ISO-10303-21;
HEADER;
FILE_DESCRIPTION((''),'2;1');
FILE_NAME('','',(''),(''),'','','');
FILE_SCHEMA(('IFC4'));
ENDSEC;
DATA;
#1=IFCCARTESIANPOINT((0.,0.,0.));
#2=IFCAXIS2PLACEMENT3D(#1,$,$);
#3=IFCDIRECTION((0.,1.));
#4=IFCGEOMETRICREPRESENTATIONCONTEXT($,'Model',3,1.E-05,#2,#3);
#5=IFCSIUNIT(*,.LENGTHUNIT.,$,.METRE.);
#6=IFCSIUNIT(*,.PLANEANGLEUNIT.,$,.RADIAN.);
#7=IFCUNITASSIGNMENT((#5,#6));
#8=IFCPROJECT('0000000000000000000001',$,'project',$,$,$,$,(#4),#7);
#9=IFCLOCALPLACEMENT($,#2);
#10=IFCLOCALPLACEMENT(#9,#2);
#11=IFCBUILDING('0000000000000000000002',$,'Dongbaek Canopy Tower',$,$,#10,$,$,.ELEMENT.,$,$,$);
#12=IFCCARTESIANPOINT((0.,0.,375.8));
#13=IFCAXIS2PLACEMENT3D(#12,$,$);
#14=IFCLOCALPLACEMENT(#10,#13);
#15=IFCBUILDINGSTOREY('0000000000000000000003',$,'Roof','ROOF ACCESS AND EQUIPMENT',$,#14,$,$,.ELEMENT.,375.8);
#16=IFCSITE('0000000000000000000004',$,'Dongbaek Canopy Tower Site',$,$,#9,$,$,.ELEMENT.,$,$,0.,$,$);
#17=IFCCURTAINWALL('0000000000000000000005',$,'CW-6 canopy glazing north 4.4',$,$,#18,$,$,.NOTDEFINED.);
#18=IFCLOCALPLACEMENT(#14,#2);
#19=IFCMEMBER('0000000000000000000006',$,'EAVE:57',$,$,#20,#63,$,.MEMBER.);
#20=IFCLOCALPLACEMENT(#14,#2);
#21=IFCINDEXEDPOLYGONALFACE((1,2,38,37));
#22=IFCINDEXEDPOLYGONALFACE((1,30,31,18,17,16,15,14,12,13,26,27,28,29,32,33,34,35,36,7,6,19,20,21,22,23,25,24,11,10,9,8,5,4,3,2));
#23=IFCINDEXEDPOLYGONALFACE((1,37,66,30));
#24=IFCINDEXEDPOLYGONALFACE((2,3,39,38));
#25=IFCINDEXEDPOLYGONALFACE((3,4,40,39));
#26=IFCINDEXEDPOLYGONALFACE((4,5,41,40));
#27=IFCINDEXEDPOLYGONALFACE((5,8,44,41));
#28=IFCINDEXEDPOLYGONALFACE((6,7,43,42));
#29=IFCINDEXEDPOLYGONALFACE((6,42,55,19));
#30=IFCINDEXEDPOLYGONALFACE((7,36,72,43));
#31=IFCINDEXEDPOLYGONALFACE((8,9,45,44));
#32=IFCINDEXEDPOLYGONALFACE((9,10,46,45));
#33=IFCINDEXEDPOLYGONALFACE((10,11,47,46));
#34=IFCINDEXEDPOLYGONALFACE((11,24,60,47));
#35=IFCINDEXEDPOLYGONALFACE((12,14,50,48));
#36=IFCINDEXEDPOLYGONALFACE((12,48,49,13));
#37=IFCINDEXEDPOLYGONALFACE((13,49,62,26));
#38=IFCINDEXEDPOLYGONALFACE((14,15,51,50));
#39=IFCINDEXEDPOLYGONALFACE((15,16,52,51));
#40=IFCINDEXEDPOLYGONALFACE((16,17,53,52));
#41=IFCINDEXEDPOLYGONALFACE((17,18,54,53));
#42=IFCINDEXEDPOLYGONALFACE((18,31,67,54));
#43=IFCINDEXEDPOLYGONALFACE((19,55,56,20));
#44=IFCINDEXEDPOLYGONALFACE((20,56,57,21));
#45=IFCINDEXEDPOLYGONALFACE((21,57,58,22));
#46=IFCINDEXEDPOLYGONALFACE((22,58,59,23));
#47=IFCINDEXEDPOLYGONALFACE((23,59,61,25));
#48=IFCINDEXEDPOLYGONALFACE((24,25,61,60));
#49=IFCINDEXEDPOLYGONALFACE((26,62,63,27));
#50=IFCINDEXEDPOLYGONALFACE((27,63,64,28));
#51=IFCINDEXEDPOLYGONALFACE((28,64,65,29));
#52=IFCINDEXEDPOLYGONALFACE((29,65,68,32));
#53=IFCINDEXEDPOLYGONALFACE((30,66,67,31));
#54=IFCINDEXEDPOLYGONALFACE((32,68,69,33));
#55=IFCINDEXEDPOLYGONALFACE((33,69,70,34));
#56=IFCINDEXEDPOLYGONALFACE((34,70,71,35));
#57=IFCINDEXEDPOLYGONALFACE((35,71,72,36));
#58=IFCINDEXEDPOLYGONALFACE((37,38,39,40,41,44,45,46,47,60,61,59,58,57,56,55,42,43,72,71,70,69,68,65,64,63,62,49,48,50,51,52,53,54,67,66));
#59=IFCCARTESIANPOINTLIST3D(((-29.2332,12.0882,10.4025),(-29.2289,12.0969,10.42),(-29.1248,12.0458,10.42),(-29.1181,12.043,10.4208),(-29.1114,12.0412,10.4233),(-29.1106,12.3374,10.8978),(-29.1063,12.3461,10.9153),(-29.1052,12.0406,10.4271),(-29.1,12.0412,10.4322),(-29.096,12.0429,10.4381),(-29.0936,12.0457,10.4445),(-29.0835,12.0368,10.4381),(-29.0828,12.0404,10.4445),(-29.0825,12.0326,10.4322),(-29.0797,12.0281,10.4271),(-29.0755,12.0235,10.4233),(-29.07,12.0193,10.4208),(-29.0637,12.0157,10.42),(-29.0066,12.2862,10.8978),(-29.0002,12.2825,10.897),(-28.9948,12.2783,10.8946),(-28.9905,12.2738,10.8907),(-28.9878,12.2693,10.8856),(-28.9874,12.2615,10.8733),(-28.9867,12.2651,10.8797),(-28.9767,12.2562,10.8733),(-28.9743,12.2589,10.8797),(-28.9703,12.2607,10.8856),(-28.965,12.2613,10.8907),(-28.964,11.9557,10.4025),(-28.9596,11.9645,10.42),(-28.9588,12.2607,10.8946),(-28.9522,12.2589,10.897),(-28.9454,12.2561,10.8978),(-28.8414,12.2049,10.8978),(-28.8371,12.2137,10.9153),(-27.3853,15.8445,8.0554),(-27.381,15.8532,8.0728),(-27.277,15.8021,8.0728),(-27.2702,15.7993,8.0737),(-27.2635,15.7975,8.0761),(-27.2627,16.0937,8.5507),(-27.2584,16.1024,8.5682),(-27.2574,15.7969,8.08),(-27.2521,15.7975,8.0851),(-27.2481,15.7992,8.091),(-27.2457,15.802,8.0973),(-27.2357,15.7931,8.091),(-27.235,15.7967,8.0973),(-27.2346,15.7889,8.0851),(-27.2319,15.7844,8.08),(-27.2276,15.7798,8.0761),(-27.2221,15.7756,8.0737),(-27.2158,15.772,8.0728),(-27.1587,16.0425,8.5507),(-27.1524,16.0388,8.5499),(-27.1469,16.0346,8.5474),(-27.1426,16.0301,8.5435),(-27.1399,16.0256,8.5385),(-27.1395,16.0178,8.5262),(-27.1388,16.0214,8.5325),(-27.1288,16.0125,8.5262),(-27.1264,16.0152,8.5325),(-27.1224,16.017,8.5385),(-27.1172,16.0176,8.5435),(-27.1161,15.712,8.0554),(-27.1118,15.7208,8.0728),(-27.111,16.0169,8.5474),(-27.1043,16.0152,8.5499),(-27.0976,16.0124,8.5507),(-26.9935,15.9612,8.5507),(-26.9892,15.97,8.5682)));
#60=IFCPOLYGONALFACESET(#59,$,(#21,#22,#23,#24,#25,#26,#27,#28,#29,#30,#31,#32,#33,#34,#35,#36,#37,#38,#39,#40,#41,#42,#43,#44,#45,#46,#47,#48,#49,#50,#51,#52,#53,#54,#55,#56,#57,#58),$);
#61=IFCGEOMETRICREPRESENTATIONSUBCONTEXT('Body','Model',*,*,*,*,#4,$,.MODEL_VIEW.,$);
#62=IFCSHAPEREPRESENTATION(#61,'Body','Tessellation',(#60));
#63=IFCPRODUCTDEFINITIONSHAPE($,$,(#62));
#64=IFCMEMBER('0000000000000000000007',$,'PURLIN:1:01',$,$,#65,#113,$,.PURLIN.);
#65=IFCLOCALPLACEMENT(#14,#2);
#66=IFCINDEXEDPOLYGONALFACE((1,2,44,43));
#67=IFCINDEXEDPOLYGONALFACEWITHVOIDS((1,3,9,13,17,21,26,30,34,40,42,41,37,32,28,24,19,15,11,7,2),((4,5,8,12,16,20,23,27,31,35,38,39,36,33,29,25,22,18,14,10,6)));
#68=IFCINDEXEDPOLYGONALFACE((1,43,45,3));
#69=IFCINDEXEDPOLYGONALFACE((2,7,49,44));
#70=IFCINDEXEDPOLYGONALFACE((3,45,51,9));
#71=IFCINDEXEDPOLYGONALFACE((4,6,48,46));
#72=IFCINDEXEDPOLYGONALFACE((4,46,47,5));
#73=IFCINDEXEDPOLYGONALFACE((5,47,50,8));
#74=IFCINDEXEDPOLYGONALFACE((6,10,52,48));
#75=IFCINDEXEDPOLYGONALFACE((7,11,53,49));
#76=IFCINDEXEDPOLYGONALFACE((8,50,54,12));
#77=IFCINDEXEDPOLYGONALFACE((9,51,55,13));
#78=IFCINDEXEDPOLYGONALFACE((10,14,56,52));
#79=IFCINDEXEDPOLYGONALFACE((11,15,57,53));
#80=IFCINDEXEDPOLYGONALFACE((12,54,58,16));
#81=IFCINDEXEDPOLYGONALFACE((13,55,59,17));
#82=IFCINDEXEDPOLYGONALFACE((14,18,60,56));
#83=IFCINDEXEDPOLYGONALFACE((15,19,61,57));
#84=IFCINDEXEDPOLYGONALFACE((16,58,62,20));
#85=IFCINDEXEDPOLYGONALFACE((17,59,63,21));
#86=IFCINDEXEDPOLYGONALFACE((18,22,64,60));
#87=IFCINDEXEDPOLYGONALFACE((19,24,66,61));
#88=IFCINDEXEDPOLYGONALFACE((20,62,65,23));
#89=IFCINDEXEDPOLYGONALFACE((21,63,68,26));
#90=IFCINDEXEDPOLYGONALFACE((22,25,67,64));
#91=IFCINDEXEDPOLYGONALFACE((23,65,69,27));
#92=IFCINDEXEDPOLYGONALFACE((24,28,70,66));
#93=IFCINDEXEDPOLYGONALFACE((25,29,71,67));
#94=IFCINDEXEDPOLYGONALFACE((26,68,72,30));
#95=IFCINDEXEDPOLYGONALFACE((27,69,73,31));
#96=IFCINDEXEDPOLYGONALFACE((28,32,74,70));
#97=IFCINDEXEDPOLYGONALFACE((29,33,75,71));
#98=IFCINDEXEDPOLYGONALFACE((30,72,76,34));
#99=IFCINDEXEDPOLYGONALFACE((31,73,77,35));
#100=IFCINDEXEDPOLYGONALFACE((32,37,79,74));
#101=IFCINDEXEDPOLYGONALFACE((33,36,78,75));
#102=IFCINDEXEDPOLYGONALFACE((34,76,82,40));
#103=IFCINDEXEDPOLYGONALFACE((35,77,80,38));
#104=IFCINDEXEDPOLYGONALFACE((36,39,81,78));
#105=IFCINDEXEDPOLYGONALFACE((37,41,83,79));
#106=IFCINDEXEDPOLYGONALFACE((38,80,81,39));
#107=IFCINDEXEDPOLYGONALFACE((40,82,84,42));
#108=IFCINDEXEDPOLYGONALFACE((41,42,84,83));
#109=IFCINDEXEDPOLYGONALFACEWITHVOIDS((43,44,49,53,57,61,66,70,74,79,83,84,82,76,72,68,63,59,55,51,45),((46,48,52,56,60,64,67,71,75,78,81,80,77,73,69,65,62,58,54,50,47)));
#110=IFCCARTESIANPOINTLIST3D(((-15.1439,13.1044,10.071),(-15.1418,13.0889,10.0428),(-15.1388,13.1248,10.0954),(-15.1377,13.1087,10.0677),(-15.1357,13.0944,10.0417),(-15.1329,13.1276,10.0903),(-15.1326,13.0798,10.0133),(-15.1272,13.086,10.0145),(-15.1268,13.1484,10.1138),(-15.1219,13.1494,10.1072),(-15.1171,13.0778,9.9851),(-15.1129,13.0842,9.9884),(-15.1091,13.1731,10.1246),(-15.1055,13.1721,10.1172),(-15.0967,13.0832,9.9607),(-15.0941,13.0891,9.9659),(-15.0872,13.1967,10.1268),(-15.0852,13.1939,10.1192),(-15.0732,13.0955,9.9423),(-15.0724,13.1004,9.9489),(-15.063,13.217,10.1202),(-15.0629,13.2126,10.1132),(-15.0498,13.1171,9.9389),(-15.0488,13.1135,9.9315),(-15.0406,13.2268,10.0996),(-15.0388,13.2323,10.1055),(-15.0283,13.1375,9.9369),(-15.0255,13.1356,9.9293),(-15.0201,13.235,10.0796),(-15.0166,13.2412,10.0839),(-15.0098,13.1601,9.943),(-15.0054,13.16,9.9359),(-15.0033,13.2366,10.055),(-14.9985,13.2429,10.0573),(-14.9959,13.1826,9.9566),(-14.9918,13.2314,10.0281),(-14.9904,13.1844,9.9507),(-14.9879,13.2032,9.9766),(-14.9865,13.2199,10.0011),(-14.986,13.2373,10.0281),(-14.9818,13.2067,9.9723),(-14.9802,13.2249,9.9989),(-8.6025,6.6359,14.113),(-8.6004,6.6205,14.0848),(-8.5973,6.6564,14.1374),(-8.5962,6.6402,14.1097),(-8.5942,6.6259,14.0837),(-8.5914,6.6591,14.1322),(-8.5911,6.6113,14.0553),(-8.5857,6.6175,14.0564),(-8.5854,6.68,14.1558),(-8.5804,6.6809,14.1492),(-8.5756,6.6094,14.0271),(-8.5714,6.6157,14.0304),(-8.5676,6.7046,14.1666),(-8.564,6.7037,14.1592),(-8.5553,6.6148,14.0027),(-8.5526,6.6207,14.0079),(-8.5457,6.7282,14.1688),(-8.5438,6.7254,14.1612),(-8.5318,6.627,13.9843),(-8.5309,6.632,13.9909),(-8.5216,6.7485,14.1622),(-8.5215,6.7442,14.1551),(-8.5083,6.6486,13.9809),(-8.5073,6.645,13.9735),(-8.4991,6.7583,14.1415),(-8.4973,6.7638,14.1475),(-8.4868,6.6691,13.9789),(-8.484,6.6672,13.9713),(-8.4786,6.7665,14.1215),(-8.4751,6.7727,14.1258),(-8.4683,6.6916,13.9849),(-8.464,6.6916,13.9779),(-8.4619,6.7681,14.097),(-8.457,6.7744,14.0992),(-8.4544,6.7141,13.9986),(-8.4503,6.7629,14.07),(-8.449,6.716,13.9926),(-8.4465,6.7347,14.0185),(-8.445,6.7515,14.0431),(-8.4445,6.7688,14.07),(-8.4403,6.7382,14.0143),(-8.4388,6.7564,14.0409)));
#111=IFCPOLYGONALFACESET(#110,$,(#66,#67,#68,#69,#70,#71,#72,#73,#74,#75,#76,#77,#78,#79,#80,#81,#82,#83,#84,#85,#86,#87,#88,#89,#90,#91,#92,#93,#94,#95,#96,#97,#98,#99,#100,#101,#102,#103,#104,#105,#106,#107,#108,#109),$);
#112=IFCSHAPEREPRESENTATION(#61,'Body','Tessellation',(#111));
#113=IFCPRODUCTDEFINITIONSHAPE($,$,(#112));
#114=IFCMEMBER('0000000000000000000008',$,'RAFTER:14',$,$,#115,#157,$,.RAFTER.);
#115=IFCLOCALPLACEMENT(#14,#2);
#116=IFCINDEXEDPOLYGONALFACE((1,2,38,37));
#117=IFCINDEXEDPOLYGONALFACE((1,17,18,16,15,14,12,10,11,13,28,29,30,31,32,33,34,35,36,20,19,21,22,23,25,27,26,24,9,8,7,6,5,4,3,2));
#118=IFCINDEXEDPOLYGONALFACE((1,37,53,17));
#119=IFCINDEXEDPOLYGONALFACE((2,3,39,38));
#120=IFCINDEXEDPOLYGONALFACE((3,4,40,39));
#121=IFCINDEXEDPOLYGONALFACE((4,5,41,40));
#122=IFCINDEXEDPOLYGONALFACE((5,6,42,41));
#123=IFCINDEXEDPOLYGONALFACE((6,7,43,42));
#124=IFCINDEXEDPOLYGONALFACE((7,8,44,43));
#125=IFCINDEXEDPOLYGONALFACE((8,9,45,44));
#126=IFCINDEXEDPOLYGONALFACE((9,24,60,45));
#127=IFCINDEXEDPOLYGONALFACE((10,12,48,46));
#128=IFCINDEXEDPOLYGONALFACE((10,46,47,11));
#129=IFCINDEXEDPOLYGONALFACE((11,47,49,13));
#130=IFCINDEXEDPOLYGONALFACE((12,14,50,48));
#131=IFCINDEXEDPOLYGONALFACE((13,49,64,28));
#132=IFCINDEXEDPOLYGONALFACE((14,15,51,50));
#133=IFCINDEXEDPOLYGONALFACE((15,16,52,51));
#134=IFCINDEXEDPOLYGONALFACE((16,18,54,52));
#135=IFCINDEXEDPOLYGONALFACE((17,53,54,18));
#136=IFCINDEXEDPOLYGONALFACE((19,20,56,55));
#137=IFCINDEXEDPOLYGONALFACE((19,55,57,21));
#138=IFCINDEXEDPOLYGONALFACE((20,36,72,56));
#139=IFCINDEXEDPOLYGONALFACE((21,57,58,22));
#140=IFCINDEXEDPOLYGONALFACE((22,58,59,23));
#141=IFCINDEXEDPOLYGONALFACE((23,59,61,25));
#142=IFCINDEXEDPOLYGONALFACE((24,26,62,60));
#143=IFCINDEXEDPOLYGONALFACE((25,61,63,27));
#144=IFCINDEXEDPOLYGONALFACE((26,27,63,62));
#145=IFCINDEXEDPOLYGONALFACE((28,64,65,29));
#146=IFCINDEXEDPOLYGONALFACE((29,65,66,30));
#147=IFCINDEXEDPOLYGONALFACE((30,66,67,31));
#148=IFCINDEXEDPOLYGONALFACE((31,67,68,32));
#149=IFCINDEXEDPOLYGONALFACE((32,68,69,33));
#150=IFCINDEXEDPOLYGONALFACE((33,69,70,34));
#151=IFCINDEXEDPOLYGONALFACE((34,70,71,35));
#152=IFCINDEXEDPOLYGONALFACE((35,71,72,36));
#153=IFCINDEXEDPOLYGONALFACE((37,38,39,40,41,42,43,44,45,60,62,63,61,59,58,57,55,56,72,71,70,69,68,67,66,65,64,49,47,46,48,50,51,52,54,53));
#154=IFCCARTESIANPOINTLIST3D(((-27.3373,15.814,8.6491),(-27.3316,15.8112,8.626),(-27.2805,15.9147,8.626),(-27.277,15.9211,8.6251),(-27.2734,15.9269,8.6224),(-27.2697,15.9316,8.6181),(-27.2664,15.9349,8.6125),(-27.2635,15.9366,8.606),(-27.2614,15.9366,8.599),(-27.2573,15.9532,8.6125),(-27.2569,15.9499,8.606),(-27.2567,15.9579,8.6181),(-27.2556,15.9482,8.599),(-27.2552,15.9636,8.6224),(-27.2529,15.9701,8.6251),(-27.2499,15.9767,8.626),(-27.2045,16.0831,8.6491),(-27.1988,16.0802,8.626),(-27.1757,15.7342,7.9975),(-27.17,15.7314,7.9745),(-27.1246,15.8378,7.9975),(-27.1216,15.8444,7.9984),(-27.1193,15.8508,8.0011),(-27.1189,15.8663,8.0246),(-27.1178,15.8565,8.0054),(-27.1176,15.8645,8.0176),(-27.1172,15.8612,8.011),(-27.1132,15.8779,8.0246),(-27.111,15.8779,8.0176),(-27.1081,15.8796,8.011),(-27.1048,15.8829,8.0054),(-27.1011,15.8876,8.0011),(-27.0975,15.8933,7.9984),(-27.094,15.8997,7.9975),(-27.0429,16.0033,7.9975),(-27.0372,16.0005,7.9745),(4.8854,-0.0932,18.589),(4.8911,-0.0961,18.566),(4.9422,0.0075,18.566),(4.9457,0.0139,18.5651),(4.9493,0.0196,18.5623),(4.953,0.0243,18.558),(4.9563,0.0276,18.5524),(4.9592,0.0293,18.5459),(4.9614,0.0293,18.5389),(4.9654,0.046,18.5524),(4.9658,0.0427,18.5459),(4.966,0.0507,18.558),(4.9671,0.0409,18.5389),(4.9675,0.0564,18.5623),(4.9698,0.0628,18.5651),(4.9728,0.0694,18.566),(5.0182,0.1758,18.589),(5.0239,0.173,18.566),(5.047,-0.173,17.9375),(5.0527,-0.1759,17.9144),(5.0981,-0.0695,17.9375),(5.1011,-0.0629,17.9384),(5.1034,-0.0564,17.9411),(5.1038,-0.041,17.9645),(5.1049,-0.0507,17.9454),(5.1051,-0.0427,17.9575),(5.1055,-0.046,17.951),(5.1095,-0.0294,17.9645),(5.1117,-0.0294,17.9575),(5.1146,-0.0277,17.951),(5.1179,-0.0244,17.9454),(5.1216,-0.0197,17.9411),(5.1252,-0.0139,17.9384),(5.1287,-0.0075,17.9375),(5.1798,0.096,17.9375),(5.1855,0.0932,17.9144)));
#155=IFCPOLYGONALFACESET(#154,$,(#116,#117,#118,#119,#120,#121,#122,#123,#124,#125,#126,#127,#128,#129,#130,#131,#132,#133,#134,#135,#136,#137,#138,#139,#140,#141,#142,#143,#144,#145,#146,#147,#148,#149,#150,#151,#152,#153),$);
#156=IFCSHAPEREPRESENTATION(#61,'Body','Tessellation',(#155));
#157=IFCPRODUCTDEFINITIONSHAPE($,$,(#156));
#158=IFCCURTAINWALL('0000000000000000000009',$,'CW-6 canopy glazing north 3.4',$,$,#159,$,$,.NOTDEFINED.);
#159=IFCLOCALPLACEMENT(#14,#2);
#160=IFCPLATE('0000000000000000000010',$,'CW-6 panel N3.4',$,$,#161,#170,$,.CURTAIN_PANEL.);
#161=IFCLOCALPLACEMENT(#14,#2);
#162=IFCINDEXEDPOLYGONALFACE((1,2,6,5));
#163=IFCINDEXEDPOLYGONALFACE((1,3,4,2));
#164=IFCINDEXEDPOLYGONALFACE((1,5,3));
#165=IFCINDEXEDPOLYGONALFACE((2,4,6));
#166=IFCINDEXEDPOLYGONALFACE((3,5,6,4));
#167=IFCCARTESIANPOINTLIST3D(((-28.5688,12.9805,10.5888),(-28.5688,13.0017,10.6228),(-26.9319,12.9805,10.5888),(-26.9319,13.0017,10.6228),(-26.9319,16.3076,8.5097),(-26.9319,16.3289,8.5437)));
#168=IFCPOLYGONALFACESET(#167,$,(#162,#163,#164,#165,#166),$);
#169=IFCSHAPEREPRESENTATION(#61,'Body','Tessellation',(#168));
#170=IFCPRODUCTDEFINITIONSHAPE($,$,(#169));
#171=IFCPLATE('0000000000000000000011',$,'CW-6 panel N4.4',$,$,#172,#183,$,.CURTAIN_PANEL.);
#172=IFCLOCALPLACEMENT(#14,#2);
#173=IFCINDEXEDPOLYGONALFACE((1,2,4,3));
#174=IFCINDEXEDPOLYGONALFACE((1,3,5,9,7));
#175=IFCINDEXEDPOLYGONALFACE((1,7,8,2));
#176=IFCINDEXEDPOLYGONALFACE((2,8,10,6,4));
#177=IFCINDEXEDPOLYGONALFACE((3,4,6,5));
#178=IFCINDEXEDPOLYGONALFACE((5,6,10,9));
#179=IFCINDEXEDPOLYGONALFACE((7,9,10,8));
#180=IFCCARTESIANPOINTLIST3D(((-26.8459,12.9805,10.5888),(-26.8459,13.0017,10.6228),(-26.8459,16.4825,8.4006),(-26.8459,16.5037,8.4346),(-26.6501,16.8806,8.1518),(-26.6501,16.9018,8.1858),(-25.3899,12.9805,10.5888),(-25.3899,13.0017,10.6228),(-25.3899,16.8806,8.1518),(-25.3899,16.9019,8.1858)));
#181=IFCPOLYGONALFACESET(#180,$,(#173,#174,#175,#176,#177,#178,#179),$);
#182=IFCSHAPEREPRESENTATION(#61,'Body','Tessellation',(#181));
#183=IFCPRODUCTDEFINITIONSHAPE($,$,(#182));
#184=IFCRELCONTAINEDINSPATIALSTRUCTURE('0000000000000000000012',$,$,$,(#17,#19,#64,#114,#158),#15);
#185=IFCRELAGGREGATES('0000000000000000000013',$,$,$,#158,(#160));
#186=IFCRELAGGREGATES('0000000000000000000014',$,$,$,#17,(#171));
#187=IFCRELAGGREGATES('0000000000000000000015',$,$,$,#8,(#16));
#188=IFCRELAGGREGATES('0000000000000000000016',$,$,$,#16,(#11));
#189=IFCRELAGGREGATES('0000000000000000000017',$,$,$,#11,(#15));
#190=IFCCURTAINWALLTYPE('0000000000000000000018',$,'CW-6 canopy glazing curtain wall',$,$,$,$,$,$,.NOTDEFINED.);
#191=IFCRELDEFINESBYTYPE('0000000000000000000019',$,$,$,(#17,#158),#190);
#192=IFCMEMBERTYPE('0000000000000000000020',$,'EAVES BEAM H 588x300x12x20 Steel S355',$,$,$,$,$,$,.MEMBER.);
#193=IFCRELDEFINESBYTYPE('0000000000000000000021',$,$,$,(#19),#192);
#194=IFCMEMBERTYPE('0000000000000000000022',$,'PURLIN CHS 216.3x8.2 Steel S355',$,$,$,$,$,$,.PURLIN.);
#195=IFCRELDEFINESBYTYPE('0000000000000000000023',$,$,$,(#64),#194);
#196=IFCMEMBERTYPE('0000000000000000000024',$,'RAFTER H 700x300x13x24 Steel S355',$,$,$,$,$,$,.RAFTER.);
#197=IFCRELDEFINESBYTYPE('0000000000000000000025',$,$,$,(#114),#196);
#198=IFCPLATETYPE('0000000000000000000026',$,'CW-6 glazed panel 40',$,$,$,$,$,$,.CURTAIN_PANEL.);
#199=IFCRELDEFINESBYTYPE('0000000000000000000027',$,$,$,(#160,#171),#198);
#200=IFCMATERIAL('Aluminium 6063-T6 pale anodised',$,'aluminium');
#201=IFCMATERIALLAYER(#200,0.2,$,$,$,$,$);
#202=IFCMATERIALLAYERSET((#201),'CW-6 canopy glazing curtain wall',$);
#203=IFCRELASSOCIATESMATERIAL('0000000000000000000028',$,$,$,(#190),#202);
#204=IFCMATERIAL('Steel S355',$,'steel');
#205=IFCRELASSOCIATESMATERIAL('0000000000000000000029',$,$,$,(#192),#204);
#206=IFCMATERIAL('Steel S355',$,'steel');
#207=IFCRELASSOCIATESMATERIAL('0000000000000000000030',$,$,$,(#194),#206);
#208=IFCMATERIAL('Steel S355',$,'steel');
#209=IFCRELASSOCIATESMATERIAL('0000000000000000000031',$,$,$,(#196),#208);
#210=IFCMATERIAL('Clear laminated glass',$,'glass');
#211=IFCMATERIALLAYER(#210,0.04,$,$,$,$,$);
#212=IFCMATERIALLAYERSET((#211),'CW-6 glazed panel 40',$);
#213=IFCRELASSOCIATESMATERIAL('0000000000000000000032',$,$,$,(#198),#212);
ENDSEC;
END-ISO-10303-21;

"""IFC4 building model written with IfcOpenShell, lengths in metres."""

from ifc_helpers import new_model, si_unit, direction, frame, origin, origin_2d, place, context, subcontext, project, spatial, polyline, hollow_circle, i_section, outline, extrude, material, layer, layer_set, material_profile, profile_set, type_object, element, aggregate, save


model = new_model("IFC4")

# Units and contexts
model_context = context("Model", 3, precision=1e-05, world=origin(), true_north=direction((0.0, 1.0)))
body_context = subcontext(model_context, "Body", "Model", "MODEL_VIEW")
ifc_project = project(units=[si_unit("LENGTHUNIT", "METRE"), si_unit("PLANEANGLEUNIT", "RADIAN")], contexts=[model_context])

# Site, building, storey
site_placement = place(None, origin())
site = spatial("IfcSite", under=ifc_project, at=site_placement, Name="Dongbaek Canopy Tower Site", CompositionType="ELEMENT", RefElevation=0.0)
building_placement = place(site_placement, origin())
building = spatial("IfcBuilding", under=site, at=building_placement, Name="Dongbaek Canopy Tower", CompositionType="ELEMENT")
storey_placement = place(building_placement, frame((0.0, 0.0, 375.8)))
storey = spatial("IfcBuildingStorey", under=building, at=storey_placement, Name="Roof", Description="ROOF ACCESS AND EQUIPMENT", CompositionType="ELEMENT", Elevation=375.8)

# Curtain wall
ifc_material_1 = material(Name="Aluminium 6063-T6 pale anodised", Category="aluminium")
ifc_layer_1 = layer(ifc_material_1, 0.2)
ifc_layer_set_1 = layer_set([ifc_layer_1], Name="CW-6 canopy glazing curtain wall")
curtain_wall_type = type_object("IfcCurtainWallType", Name="CW-6 canopy glazing curtain wall", PredefinedType="NOTDEFINED", material=ifc_layer_set_1)
curtain_wall_1_placement = place(storey_placement, origin())
curtain_wall_1 = element("IfcCurtainWall", 1, at=curtain_wall_1_placement, inside=storey, type_object=curtain_wall_type, Name="CW-6 canopy glazing north 4.4", PredefinedType="NOTDEFINED")

# Members
ifc_material_2 = material(Name="Steel S355", Category="steel")
ifc_material_profile_1 = material_profile(ifc_material_2, i_section(OverallWidth=0.3, OverallDepth=0.5879, WebThickness=0.012, FlangeThickness=0.02, FilletRadius=0.0281, at=origin_2d()), Name="EAVES BEAM H 588x300x12x20 Steel S355")
ifc_profile_set_1 = profile_set([ifc_material_profile_1], Name="Steel S355")
member_type_1 = type_object("IfcMemberType", Name="EAVES BEAM H 588x300x12x20 Steel S355", PredefinedType="MEMBER", material=ifc_profile_set_1)
member_1_placement = place(storey_placement, frame((-27.1873, 15.9072, 8.3118), z_axis=(-0.385029, -0.782673, 0.489056), x_axis=(0.897301, -0.441419, 0.0)))
element("IfcMember", 2, at=member_1_placement, inside=storey, type_object=member_type_1, Name="EAVE:57", PredefinedType="MEMBER", context=body_context, shape_type="SweptSolid", body=[
    extrude(i_section(OverallWidth=0.3, OverallDepth=0.5879, WebThickness=0.012, FlangeThickness=0.02, FilletRadius=0.0281, at=origin_2d()), origin(), (0.0, 0.0, 1.0), 4.7993),
])
ifc_material_3 = material(Name="Steel S355", Category="steel")
ifc_material_profile_2 = material_profile(ifc_material_3, hollow_circle(Radius=0.1082, WallThickness=0.0083, at=origin_2d()), Name="PURLIN CHS 216.3x8.2 Steel S355")
ifc_profile_set_2 = profile_set([ifc_material_profile_2], Name="Steel S355")
member_type_2 = type_object("IfcMemberType", Name="PURLIN CHS 216.3x8.2 Steel S355", PredefinedType="PURLIN", material=ifc_profile_set_2)
member_2_placement = place(storey_placement, frame((-15.062, 13.1604, 10.0281), z_axis=(0.650999, -0.643734, 0.402252), x_axis=(0.703128, 0.711063, 0.0)))
element("IfcMember", 3, at=member_2_placement, inside=storey, type_object=member_type_2, Name="PURLIN:1:01", PredefinedType="PURLIN", context=body_context, shape_type="SweptSolid", body=[
    extrude(hollow_circle(Radius=0.1082, WallThickness=0.0083, at=origin_2d()), origin(), (0.0, 0.0, 1.0), 10.0483),
])
ifc_material_4 = material(Name="Steel S355", Category="steel")
ifc_material_profile_3 = material_profile(ifc_material_4, i_section(OverallWidth=0.3, OverallDepth=0.7, WebThickness=0.0129, FlangeThickness=0.0239, FilletRadius=0.0281, at=origin_2d()), Name="RAFTER H 700x300x13x24 Steel S355")
ifc_profile_set_3 = profile_set([ifc_material_profile_3], Name="Steel S355")
member_type_3 = type_object("IfcMemberType", Name="RAFTER H 700x300x13x24 Steel S355", PredefinedType="RAFTER", material=ifc_profile_set_3)
member_3_placement = place(storey_placement, frame((-27.1873, 15.9072, 8.3118), z_axis=(0.864235, -0.426643, 0.266596), x_axis=(0.442664, 0.896688, 0.0)))
element("IfcMember", 4, at=member_3_placement, inside=storey, type_object=member_type_3, Name="RAFTER:14", PredefinedType="RAFTER", context=body_context, shape_type="SweptSolid", body=[
    extrude(i_section(OverallWidth=0.3, OverallDepth=0.7, WebThickness=0.0129, FlangeThickness=0.0239, FilletRadius=0.0281, at=origin_2d()), origin(), (0.0, 0.0, 1.0), 37.2847),
])

# Curtain wall, plate
curtain_wall_2_placement = place(storey_placement, origin())
curtain_wall_2 = element("IfcCurtainWall", 5, at=curtain_wall_2_placement, inside=storey, type_object=curtain_wall_type, Name="CW-6 canopy glazing north 3.4", PredefinedType="NOTDEFINED")
ifc_material_5 = material(Name="Clear laminated glass", Category="glass")
ifc_layer_2 = layer(ifc_material_5, 0.04)
ifc_layer_set_2 = layer_set([ifc_layer_2], Name="CW-6 glazed panel 40")
plate_type = type_object("IfcPlateType", Name="CW-6 glazed panel 40", PredefinedType="CURTAIN_PANEL", material=ifc_layer_set_2)
plate_1_placement = place(storey_placement, frame((-28.5688, 13.0017, 10.6228), z_axis=(0.0, 0.529932, 0.84804), x_axis=(0.385064, 0.782648, -0.489069)))
plate_1 = element("IfcPlate", 6, at=plate_1_placement, type_object=plate_type, Name="CW-6 panel N3.4", PredefinedType="CURTAIN_PANEL", context=body_context, shape_type="SweptSolid", body=[
    extrude(outline(polyline([(0.0, 0.0), (4.2511, 0.0), (0.6303, -1.5107), (0.0, 0.0)])), origin(), (0.0, 0.0, -1.0), 0.04),
])
aggregate(curtain_wall_2, [plate_1])

# Plate
plate_2_placement = place(storey_placement, frame((-25.3899, 13.0017, 10.6228), z_axis=(-0.000009, 0.529909, 0.848055), x_axis=(-1.0, -0.000005, -0.000008)))
plate_2 = element("IfcPlate", 7, at=plate_2_placement, type_object=plate_type, Name="CW-6 panel N4.4", PredefinedType="CURTAIN_PANEL", context=body_context, shape_type="SweptSolid", body=[
    extrude(outline(polyline([(0.0, 0.0), (1.4561, 0.0), (1.4561, -4.1294), (1.2603, -4.5989), (0.0, -4.5989), (0.0, 0.0)])), origin(), (0.0, 0.0, -1.0), 0.04),
])
aggregate(curtain_wall_1, [plate_2])

save(model, "model.ifc")
